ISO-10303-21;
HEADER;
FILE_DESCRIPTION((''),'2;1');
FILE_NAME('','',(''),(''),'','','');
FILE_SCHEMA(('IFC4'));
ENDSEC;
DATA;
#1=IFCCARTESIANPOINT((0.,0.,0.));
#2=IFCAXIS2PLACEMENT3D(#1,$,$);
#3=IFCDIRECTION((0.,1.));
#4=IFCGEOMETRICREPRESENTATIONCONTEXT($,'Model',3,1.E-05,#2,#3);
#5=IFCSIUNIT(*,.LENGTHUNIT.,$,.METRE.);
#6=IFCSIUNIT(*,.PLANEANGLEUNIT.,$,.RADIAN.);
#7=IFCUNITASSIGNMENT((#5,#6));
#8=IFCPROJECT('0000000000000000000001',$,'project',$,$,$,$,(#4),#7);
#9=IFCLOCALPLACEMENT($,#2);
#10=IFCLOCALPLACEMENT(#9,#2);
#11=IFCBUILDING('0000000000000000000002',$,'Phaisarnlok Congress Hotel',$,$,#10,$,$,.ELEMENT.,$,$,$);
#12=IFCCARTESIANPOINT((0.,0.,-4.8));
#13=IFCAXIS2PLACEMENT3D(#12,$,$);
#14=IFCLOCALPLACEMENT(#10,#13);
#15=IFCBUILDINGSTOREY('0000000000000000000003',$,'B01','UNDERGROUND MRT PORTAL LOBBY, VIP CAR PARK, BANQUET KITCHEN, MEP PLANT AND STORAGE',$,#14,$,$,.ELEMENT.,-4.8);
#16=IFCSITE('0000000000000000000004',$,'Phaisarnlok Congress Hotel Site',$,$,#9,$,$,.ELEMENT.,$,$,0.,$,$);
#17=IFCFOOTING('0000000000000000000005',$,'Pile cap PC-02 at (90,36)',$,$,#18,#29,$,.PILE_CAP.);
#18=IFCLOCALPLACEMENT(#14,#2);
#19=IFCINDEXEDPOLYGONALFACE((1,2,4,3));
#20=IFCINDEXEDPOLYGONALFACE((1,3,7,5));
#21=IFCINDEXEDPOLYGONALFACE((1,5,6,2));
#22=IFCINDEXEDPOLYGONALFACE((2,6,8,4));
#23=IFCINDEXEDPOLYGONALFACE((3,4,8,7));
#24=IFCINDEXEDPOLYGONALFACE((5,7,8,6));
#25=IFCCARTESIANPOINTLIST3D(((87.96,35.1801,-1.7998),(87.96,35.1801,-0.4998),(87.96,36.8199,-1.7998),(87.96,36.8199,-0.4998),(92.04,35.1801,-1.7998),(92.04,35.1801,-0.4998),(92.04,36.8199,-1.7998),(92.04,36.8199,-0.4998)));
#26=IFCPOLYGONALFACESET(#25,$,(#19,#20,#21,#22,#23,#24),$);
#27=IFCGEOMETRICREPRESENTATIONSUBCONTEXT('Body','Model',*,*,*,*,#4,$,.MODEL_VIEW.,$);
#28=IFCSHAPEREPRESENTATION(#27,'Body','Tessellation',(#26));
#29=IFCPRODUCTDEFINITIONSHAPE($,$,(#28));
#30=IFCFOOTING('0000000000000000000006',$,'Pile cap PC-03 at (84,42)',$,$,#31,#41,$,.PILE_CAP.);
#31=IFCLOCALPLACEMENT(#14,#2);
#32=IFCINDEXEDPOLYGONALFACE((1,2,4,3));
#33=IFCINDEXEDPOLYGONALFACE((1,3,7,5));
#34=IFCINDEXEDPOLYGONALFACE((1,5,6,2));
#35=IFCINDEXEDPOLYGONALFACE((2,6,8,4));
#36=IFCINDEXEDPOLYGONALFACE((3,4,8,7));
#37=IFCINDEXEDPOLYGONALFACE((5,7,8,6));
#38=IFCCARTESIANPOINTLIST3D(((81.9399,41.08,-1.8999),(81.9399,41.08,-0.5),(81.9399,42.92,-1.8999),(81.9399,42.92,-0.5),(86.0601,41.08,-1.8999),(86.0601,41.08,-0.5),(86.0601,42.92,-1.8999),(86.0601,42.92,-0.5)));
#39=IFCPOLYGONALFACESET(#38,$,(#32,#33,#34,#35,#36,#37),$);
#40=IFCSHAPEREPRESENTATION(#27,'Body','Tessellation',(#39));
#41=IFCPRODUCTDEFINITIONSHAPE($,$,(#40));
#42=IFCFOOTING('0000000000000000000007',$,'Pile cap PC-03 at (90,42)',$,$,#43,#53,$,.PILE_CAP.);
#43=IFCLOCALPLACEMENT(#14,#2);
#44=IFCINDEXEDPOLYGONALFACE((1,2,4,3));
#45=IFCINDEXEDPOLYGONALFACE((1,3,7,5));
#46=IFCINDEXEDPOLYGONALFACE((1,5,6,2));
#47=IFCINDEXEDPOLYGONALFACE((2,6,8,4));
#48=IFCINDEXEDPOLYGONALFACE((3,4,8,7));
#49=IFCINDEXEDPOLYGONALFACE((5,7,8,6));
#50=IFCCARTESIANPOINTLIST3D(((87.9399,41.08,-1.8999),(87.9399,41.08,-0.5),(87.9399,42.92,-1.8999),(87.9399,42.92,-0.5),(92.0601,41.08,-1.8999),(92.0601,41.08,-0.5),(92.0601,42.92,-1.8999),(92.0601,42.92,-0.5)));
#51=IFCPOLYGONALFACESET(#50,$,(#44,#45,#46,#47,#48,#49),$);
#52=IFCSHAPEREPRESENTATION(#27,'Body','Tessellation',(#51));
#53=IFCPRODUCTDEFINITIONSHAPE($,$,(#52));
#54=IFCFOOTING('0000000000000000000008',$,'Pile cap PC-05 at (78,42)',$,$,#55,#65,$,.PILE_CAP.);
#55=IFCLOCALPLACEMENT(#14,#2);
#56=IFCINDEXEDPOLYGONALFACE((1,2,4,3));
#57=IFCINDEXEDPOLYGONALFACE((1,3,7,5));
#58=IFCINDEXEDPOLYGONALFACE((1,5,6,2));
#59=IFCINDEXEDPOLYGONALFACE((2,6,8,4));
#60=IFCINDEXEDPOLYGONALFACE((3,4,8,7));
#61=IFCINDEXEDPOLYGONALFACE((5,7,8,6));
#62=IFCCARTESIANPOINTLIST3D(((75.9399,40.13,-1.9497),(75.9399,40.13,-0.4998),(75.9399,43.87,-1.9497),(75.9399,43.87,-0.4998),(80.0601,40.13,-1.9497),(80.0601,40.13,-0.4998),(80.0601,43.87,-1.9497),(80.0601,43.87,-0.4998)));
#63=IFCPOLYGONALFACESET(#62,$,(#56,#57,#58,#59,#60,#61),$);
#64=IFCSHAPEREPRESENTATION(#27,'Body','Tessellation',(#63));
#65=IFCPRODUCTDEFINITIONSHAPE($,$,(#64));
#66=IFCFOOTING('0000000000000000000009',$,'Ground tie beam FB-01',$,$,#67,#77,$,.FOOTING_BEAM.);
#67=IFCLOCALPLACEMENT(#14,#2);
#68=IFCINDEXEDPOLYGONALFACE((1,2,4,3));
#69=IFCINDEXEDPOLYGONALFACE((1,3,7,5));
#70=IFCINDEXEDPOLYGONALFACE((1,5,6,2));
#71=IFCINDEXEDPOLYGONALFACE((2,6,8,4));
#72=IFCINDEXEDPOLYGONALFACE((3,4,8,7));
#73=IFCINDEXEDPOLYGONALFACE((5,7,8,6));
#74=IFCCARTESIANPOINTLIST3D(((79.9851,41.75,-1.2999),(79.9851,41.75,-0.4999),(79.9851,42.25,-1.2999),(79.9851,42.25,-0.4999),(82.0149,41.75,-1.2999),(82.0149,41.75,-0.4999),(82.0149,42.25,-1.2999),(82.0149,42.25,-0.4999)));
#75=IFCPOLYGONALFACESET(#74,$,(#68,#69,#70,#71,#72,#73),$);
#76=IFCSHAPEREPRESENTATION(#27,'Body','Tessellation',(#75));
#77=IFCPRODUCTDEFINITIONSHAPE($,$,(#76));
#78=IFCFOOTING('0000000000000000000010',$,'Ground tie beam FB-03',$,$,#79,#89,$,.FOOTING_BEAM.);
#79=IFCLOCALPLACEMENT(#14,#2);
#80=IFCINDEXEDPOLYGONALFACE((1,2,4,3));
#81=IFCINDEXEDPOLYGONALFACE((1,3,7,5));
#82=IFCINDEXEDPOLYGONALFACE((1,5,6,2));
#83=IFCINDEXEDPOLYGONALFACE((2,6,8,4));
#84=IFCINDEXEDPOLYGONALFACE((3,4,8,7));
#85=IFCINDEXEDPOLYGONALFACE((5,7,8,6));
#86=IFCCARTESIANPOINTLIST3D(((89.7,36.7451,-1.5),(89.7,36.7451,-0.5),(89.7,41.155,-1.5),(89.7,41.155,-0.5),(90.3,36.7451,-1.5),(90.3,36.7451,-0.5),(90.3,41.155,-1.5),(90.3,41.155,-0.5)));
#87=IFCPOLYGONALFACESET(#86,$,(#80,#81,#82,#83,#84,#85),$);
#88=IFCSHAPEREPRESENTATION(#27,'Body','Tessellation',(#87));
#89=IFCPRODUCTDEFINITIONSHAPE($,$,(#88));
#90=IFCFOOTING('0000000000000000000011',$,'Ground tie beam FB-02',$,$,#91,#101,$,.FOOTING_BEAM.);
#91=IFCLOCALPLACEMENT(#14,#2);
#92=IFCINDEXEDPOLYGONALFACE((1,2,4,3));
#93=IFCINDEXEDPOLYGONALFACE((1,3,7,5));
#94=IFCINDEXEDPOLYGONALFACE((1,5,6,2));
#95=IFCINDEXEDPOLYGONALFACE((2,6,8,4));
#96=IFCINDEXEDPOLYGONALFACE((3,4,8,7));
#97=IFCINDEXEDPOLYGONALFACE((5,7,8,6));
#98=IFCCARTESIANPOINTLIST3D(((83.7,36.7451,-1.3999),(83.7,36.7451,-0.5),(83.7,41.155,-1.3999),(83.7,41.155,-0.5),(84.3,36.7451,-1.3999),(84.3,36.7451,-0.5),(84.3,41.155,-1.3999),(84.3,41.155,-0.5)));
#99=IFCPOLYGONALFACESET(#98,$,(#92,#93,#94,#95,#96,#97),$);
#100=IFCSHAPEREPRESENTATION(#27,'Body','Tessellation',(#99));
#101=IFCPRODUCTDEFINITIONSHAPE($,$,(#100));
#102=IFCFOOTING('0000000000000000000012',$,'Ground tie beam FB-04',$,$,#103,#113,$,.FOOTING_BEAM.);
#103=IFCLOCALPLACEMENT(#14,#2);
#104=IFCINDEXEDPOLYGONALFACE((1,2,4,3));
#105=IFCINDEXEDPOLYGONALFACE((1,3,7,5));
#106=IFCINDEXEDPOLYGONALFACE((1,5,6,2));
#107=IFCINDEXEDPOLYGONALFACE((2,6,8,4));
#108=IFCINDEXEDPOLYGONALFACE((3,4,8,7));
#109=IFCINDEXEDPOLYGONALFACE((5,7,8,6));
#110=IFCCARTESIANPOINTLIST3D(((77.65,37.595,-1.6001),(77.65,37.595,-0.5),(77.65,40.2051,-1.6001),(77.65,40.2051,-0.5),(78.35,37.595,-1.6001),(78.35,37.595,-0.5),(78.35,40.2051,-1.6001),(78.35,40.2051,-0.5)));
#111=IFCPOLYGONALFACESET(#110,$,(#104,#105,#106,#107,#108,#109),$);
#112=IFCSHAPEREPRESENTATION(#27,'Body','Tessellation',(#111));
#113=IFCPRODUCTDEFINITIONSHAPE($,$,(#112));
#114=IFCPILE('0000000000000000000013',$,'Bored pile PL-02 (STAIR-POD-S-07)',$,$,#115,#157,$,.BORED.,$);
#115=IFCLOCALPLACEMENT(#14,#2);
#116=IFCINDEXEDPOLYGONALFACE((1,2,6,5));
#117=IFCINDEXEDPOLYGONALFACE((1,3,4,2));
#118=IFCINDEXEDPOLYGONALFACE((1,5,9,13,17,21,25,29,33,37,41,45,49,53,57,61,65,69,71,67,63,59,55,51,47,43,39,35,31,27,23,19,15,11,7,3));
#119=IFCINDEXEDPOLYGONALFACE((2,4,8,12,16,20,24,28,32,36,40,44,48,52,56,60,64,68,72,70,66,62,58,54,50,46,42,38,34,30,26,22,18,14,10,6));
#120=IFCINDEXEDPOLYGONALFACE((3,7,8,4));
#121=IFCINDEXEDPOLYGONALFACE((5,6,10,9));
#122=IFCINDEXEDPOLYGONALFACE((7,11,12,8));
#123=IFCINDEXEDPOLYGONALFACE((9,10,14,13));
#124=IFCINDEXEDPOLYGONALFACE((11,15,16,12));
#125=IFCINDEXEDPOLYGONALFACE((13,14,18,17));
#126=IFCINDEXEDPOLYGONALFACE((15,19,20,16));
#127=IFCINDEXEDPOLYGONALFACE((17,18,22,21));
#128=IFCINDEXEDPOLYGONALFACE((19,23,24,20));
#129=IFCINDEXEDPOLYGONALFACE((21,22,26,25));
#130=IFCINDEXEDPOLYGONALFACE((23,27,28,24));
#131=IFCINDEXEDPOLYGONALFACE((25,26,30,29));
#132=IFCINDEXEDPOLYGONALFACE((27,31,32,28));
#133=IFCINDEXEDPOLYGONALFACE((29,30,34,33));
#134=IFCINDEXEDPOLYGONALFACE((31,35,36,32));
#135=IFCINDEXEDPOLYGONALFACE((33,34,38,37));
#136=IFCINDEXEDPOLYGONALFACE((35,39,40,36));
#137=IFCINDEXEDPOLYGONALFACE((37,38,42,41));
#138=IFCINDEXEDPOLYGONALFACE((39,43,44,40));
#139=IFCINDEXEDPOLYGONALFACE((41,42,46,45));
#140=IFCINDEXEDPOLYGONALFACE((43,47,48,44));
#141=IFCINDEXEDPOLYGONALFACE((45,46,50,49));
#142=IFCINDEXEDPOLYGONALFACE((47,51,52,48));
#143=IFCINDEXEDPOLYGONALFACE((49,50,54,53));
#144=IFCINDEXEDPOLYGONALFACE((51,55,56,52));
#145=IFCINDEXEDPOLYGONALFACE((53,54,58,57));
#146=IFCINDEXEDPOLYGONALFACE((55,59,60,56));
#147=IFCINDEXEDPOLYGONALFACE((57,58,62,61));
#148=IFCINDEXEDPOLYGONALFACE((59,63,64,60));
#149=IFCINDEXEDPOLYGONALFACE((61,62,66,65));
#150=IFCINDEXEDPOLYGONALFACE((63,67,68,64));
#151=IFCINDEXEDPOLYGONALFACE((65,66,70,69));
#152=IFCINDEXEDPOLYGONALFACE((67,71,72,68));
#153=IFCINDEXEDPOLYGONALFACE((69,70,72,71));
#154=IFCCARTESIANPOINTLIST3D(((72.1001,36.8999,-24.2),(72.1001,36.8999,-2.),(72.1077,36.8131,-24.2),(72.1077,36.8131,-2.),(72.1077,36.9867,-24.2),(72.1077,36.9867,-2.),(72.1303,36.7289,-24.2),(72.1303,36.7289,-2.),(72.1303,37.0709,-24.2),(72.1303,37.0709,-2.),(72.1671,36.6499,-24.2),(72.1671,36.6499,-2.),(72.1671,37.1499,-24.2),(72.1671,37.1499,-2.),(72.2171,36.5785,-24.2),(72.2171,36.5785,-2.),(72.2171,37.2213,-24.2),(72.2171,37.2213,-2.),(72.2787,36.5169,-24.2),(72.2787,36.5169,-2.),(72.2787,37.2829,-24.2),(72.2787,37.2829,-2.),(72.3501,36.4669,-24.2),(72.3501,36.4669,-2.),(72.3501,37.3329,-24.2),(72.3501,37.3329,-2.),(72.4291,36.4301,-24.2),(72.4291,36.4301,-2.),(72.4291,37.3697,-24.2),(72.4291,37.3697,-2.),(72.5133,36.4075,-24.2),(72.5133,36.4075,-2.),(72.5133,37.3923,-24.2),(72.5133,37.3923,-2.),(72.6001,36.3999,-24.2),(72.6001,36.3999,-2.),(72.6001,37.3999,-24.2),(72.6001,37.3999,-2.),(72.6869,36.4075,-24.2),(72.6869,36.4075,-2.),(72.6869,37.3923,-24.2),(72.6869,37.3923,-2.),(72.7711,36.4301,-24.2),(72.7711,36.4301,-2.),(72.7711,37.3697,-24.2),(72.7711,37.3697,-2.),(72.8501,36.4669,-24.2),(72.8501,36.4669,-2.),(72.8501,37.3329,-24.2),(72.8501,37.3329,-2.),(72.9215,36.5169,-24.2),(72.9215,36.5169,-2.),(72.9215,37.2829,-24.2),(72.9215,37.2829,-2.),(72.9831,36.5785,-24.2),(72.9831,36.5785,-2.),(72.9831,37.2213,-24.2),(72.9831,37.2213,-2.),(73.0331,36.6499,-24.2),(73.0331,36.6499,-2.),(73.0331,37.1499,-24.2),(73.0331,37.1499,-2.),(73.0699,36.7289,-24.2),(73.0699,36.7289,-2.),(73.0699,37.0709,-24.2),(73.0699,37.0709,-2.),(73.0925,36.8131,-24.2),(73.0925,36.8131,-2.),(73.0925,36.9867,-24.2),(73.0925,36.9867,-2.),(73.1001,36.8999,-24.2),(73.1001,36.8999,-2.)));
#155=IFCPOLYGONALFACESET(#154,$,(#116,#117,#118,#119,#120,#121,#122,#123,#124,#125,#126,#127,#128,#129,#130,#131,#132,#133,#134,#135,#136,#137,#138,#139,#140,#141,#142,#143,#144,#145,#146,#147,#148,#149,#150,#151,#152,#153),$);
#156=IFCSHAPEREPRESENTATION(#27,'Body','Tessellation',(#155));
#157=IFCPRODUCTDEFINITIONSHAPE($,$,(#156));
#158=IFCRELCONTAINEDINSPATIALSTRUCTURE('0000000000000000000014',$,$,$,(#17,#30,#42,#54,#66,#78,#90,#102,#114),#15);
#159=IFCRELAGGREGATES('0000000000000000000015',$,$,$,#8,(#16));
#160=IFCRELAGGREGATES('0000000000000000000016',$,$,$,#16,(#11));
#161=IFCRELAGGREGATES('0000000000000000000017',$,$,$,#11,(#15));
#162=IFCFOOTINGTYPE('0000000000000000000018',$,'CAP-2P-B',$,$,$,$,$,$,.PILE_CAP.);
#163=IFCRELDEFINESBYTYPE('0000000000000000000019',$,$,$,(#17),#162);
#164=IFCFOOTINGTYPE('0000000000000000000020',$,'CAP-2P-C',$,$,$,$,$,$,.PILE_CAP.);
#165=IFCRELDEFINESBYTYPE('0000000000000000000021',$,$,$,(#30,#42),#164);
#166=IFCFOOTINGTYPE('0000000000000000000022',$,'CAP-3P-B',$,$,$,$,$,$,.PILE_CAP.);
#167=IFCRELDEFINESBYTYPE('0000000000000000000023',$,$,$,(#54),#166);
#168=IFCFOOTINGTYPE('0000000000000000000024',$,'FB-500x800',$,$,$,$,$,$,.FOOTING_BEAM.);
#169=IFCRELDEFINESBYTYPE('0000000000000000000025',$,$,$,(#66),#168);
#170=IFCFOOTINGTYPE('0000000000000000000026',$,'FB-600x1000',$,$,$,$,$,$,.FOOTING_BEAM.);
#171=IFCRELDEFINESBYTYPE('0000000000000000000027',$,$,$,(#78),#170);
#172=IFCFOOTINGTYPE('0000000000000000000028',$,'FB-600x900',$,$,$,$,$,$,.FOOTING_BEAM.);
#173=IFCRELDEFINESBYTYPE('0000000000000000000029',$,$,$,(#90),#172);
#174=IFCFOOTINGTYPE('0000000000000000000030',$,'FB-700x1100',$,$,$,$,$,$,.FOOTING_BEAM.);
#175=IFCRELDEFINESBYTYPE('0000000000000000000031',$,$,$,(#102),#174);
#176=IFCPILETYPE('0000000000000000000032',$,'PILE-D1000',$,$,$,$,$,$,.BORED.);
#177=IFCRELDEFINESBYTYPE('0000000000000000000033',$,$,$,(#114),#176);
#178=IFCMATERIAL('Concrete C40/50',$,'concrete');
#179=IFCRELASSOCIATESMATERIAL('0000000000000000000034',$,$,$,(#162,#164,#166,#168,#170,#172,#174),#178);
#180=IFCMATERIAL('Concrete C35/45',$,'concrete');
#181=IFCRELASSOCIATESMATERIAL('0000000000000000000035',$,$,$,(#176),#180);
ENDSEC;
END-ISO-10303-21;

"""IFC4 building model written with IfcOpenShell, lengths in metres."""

from ifc_helpers import new_model, si_unit, direction, frame, origin, origin_2d, place, context, subcontext, project, spatial, rectangle, circle, extrude, material, material_profile, profile_set, type_object, element, save


model = new_model("IFC4")

# Units and contexts
model_context = context("Model", 3, precision=1e-05, world=origin(), true_north=direction((0.0, 1.0)))
body_context = subcontext(model_context, "Body", "Model", "MODEL_VIEW")
ifc_project = project(units=[si_unit("LENGTHUNIT", "METRE"), si_unit("PLANEANGLEUNIT", "RADIAN")], contexts=[model_context])

# Site, building, storey
site_placement = place(None, origin())
site = spatial("IfcSite", under=ifc_project, at=site_placement, Name="Phaisarnlok Congress Hotel Site", CompositionType="ELEMENT", RefElevation=0.0)
building_placement = place(site_placement, origin())
building = spatial("IfcBuilding", under=site, at=building_placement, Name="Phaisarnlok Congress Hotel", CompositionType="ELEMENT")
storey_placement = place(building_placement, frame((0.0, 0.0, -4.8)))
storey = spatial("IfcBuildingStorey", under=building, at=storey_placement, Name="B01", Description="UNDERGROUND MRT PORTAL LOBBY, VIP CAR PARK, BANQUET KITCHEN, MEP PLANT AND STORAGE", CompositionType="ELEMENT", Elevation=-4.8)

# Footings
ifc_material_1 = material(Name="Concrete C40/50", Category="concrete")
footing_type_1 = type_object("IfcFootingType", Name="CAP-2P-B", PredefinedType="PILE_CAP", material=ifc_material_1)
footing_1_placement = place(storey_placement, frame((90.0, 36.0, -1.7998), z_axis=(0.0, 0.0, 1.0), x_axis=(1.0, 0.0, 0.0)))
element("IfcFooting", 1, at=footing_1_placement, inside=storey, type_object=footing_type_1, Name="Pile cap PC-02 at (90,36)", PredefinedType="PILE_CAP", context=body_context, shape_type="SweptSolid", body=[
    extrude(rectangle(XDim=4.0801, YDim=1.6399, at=origin_2d()), origin(), (0.0, 0.0, 1.0), 1.3),
])
footing_type_2 = type_object("IfcFootingType", Name="CAP-2P-C", PredefinedType="PILE_CAP", material=ifc_material_1)
for number, where, z_axis, x_axis, name in (
    (2, (84.0, 42.0, -1.8999), (0.0, 0.0, 1.0), (1.0, 0.0, 0.0), "Pile cap PC-03 at (84,42)"),
    (3, (90.0, 42.0, -1.8999), (0.0, 0.0, 1.0), (1.0, 0.0, 0.0), "Pile cap PC-03 at (90,42)"),
):
    element("IfcFooting", number, at=place(storey_placement, frame(where, z_axis=z_axis, x_axis=x_axis)), inside=storey, type_object=footing_type_2, Name=name, PredefinedType="PILE_CAP", context=body_context, shape_type="SweptSolid", body=[
        extrude(rectangle(XDim=4.1201, YDim=1.8401, at=origin_2d()), origin(), (0.0, 0.0, 1.0), 1.3999),
    ])
footing_type_3 = type_object("IfcFootingType", Name="CAP-3P-B", PredefinedType="PILE_CAP", material=ifc_material_1)
footing_2_placement = place(storey_placement, frame((78.0, 42.0, -1.9497), z_axis=(0.0, 0.0, 1.0), x_axis=(1.0, 0.0, 0.0)))
element("IfcFooting", 4, at=footing_2_placement, inside=storey, type_object=footing_type_3, Name="Pile cap PC-05 at (78,42)", PredefinedType="PILE_CAP", context=body_context, shape_type="SweptSolid", body=[
    extrude(rectangle(XDim=4.1201, YDim=3.74, at=origin_2d()), origin(), (0.0, 0.0, 1.0), 1.45),
])
ifc_material_profile_1 = material_profile(ifc_material_1, rectangle(XDim=0.5, YDim=0.8, at=origin_2d()), Name="FB-500x800")
ifc_profile_set_1 = profile_set([ifc_material_profile_1], Name="Concrete C40/50")
footing_type_4 = type_object("IfcFootingType", Name="FB-500x800", PredefinedType="FOOTING_BEAM", material=ifc_profile_set_1)
footing_3_placement = place(storey_placement, frame((79.9851, 42.0, -0.8999), z_axis=(1.0, 0.0, 0.0), x_axis=(0.0, 1.0, 0.0)))
element("IfcFooting", 5, at=footing_3_placement, inside=storey, type_object=footing_type_4, Name="Ground tie beam FB-01", PredefinedType="FOOTING_BEAM", context=body_context, shape_type="SweptSolid", body=[
    extrude(rectangle(XDim=0.5, YDim=0.8, at=origin_2d()), origin(), (0.0, 0.0, 1.0), 2.0298),
])
ifc_material_profile_2 = material_profile(ifc_material_1, rectangle(XDim=0.6001, YDim=1.0, at=origin_2d()), Name="FB-600x1000")
ifc_profile_set_2 = profile_set([ifc_material_profile_2], Name="Concrete C40/50")
footing_type_5 = type_object("IfcFootingType", Name="FB-600x1000", PredefinedType="FOOTING_BEAM", material=ifc_profile_set_2)
footing_4_placement = place(storey_placement, frame((90.0, 36.7451, -1.0), z_axis=(0.0, 1.0, 0.0), x_axis=(-1.0, 0.0, 0.0)))
element("IfcFooting", 6, at=footing_4_placement, inside=storey, type_object=footing_type_5, Name="Ground tie beam FB-03", PredefinedType="FOOTING_BEAM", context=body_context, shape_type="SweptSolid", body=[
    extrude(rectangle(XDim=0.6001, YDim=1.0, at=origin_2d()), origin(), (0.0, 0.0, 1.0), 4.4099),
])
ifc_material_profile_3 = material_profile(ifc_material_1, rectangle(XDim=0.6001, YDim=0.8999, at=origin_2d()), Name="FB-600x900")
ifc_profile_set_3 = profile_set([ifc_material_profile_3], Name="Concrete C40/50")
footing_type_6 = type_object("IfcFootingType", Name="FB-600x900", PredefinedType="FOOTING_BEAM", material=ifc_profile_set_3)
footing_5_placement = place(storey_placement, frame((84.0, 36.7451, -0.95), z_axis=(0.0, 1.0, 0.0), x_axis=(-1.0, 0.0, 0.0)))
element("IfcFooting", 7, at=footing_5_placement, inside=storey, type_object=footing_type_6, Name="Ground tie beam FB-02", PredefinedType="FOOTING_BEAM", context=body_context, shape_type="SweptSolid", body=[
    extrude(rectangle(XDim=0.6001, YDim=0.8999, at=origin_2d()), origin(), (0.0, 0.0, 1.0), 4.4099),
])
ifc_material_profile_4 = material_profile(ifc_material_1, rectangle(XDim=0.7, YDim=1.1001, at=origin_2d()), Name="FB-700x1100")
ifc_profile_set_4 = profile_set([ifc_material_profile_4], Name="Concrete C40/50")
footing_type_7 = type_object("IfcFootingType", Name="FB-700x1100", PredefinedType="FOOTING_BEAM", material=ifc_profile_set_4)
footing_6_placement = place(storey_placement, frame((78.0, 37.595, -1.05), z_axis=(0.0, 1.0, 0.0), x_axis=(-1.0, 0.0, 0.0)))
element("IfcFooting", 8, at=footing_6_placement, inside=storey, type_object=footing_type_7, Name="Ground tie beam FB-04", PredefinedType="FOOTING_BEAM", context=body_context, shape_type="SweptSolid", body=[
    extrude(rectangle(XDim=0.7, YDim=1.1001, at=origin_2d()), origin(), (0.0, 0.0, 1.0), 2.6101),
])

# Pile
ifc_material_2 = material(Name="Concrete C35/45", Category="concrete")
ifc_material_profile_5 = material_profile(ifc_material_2, circle(Radius=0.5, at=origin_2d()), Name="BORED PILE D1000")
ifc_profile_set_5 = profile_set([ifc_material_profile_5], Name="Concrete C35/45")
pile_type_1 = type_object("IfcPileType", Name="PILE-D1000", PredefinedType="BORED", material=ifc_profile_set_5)
for number, where, z_axis, x_axis, name in (
    (9, (72.6001, 36.8999, -2.0), (0.0, 0.0, -1.0), (1.0, 0.0, 0.0), "Bored pile PL-02 (STAIR-POD-S-07)"),
):
    element("IfcPile", number, at=place(storey_placement, frame(where, z_axis=z_axis, x_axis=x_axis)), inside=storey, type_object=pile_type_1, Name=name, PredefinedType="BORED", context=body_context, shape_type="SweptSolid", body=[
        extrude(circle(Radius=0.5, at=origin_2d()), origin(), (0.0, 0.0, 1.0), 22.2),
    ])

save(model, "model.ifc")
